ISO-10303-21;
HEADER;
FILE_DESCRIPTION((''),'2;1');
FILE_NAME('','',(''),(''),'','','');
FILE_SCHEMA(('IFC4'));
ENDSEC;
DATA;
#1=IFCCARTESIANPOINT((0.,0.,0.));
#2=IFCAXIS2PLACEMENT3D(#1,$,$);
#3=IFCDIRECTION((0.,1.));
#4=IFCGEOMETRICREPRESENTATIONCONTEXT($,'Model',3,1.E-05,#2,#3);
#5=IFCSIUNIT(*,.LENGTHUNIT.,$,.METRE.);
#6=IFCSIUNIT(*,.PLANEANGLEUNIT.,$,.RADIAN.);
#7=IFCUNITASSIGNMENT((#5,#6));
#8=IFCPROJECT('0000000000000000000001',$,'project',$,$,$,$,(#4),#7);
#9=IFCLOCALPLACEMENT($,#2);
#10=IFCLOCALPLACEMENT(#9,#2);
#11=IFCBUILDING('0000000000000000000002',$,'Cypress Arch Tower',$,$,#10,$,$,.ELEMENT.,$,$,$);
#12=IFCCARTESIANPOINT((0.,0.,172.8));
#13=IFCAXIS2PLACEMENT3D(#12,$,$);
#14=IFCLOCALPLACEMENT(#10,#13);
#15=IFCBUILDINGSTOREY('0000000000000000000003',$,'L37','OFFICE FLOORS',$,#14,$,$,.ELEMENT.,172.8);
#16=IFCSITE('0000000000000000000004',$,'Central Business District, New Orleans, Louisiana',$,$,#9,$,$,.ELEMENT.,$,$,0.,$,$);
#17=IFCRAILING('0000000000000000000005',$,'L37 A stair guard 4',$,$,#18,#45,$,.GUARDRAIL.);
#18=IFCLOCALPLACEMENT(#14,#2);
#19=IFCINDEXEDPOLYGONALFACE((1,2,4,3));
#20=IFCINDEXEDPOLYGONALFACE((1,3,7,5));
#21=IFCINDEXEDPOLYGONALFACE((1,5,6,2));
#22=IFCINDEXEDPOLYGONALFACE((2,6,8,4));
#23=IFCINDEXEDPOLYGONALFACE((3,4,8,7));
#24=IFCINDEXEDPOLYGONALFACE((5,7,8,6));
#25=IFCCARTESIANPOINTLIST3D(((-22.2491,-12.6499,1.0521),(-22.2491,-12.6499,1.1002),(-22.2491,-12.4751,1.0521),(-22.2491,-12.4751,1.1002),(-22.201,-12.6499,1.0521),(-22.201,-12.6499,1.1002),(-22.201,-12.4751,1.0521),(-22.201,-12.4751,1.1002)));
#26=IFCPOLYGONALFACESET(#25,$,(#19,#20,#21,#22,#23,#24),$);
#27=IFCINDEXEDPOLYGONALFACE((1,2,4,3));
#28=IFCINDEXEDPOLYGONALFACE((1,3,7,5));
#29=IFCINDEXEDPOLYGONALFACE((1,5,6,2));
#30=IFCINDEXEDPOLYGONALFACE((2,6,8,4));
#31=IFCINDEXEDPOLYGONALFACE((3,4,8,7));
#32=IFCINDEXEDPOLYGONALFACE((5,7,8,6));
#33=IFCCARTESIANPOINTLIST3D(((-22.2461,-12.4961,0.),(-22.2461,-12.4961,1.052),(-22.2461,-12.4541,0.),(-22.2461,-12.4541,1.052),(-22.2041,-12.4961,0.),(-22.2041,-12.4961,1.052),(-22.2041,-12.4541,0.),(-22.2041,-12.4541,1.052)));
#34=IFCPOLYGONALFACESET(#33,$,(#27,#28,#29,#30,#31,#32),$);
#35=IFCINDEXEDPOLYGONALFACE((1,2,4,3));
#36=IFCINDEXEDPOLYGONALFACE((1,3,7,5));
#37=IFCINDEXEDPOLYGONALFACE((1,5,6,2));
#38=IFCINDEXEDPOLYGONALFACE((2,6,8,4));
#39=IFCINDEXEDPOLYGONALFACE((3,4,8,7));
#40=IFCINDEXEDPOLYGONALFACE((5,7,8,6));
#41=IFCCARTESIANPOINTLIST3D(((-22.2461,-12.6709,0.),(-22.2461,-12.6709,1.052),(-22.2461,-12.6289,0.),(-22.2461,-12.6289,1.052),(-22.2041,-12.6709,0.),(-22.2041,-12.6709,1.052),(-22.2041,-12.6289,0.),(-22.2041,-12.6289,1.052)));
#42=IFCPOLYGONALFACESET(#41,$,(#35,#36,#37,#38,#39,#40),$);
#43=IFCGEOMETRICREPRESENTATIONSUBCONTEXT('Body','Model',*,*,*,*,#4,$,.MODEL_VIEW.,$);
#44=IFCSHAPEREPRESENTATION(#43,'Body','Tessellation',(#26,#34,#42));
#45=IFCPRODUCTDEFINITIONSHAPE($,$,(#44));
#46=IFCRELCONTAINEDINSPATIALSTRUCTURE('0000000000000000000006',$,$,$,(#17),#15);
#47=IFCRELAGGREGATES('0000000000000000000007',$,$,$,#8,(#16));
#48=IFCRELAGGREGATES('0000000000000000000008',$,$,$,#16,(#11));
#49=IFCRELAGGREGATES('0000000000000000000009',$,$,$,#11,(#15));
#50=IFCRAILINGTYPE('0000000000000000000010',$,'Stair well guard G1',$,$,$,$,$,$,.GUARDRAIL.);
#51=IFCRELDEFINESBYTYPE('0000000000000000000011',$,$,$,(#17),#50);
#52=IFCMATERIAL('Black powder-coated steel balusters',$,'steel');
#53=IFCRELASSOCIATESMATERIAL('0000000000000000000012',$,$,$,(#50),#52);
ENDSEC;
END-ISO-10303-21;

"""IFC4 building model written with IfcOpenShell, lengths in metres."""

from ifc_helpers import new_model, si_unit, direction, frame, origin, origin_2d, place, context, subcontext, project, spatial, rectangle, extrude, material, type_object, element, save


model = new_model("IFC4")

# Units and contexts
model_context = context("Model", 3, precision=1e-05, world=origin(), true_north=direction((0.0, 1.0)))
body_context = subcontext(model_context, "Body", "Model", "MODEL_VIEW")
ifc_project = project(units=[si_unit("LENGTHUNIT", "METRE"), si_unit("PLANEANGLEUNIT", "RADIAN")], contexts=[model_context])

# Site, building, storey
site_placement = place(None, origin())
site = spatial("IfcSite", under=ifc_project, at=site_placement, Name="Central Business District, New Orleans, Louisiana", CompositionType="ELEMENT", RefElevation=0.0)
building_placement = place(site_placement, origin())
building = spatial("IfcBuilding", under=site, at=building_placement, Name="Cypress Arch Tower", CompositionType="ELEMENT")
storey_placement = place(building_placement, frame((0.0, 0.0, 172.8)))
storey = spatial("IfcBuildingStorey", under=building, at=storey_placement, Name="L37", Description="OFFICE FLOORS", CompositionType="ELEMENT", Elevation=172.8)

# Railing
ifc_material_1 = material(Name="Black powder-coated steel balusters", Category="steel")
railing_type = type_object("IfcRailingType", Name="Stair well guard G1", PredefinedType="GUARDRAIL", material=ifc_material_1)
railing_placement = place(storey_placement, frame((-22.2251, -12.4751, 0.0)))
element("IfcRailing", 1, at=railing_placement, inside=storey, type_object=railing_type, Name="L37 A stair guard 4", PredefinedType="GUARDRAIL", context=body_context, shape_type="SweptSolid", body=[
    extrude(rectangle(XDim=0.0481, YDim=0.0481, at=origin_2d()), frame((0.0, 0.0, 1.0762), z_axis=(0.0, -1.0, 0.0), x_axis=(1.0, 0.0, 0.0)), (0.0, 0.0, 1.0), 0.1748),
    extrude(rectangle(XDim=0.042, YDim=0.042, at=origin_2d()), origin(), (0.0, 0.0, 1.0), 1.052),
    extrude(rectangle(XDim=0.042, YDim=0.042, at=origin_2d()), frame((0.0, -0.1748, 0.0)), (0.0, 0.0, 1.0), 1.052),
])

save(model, "model.ifc")
